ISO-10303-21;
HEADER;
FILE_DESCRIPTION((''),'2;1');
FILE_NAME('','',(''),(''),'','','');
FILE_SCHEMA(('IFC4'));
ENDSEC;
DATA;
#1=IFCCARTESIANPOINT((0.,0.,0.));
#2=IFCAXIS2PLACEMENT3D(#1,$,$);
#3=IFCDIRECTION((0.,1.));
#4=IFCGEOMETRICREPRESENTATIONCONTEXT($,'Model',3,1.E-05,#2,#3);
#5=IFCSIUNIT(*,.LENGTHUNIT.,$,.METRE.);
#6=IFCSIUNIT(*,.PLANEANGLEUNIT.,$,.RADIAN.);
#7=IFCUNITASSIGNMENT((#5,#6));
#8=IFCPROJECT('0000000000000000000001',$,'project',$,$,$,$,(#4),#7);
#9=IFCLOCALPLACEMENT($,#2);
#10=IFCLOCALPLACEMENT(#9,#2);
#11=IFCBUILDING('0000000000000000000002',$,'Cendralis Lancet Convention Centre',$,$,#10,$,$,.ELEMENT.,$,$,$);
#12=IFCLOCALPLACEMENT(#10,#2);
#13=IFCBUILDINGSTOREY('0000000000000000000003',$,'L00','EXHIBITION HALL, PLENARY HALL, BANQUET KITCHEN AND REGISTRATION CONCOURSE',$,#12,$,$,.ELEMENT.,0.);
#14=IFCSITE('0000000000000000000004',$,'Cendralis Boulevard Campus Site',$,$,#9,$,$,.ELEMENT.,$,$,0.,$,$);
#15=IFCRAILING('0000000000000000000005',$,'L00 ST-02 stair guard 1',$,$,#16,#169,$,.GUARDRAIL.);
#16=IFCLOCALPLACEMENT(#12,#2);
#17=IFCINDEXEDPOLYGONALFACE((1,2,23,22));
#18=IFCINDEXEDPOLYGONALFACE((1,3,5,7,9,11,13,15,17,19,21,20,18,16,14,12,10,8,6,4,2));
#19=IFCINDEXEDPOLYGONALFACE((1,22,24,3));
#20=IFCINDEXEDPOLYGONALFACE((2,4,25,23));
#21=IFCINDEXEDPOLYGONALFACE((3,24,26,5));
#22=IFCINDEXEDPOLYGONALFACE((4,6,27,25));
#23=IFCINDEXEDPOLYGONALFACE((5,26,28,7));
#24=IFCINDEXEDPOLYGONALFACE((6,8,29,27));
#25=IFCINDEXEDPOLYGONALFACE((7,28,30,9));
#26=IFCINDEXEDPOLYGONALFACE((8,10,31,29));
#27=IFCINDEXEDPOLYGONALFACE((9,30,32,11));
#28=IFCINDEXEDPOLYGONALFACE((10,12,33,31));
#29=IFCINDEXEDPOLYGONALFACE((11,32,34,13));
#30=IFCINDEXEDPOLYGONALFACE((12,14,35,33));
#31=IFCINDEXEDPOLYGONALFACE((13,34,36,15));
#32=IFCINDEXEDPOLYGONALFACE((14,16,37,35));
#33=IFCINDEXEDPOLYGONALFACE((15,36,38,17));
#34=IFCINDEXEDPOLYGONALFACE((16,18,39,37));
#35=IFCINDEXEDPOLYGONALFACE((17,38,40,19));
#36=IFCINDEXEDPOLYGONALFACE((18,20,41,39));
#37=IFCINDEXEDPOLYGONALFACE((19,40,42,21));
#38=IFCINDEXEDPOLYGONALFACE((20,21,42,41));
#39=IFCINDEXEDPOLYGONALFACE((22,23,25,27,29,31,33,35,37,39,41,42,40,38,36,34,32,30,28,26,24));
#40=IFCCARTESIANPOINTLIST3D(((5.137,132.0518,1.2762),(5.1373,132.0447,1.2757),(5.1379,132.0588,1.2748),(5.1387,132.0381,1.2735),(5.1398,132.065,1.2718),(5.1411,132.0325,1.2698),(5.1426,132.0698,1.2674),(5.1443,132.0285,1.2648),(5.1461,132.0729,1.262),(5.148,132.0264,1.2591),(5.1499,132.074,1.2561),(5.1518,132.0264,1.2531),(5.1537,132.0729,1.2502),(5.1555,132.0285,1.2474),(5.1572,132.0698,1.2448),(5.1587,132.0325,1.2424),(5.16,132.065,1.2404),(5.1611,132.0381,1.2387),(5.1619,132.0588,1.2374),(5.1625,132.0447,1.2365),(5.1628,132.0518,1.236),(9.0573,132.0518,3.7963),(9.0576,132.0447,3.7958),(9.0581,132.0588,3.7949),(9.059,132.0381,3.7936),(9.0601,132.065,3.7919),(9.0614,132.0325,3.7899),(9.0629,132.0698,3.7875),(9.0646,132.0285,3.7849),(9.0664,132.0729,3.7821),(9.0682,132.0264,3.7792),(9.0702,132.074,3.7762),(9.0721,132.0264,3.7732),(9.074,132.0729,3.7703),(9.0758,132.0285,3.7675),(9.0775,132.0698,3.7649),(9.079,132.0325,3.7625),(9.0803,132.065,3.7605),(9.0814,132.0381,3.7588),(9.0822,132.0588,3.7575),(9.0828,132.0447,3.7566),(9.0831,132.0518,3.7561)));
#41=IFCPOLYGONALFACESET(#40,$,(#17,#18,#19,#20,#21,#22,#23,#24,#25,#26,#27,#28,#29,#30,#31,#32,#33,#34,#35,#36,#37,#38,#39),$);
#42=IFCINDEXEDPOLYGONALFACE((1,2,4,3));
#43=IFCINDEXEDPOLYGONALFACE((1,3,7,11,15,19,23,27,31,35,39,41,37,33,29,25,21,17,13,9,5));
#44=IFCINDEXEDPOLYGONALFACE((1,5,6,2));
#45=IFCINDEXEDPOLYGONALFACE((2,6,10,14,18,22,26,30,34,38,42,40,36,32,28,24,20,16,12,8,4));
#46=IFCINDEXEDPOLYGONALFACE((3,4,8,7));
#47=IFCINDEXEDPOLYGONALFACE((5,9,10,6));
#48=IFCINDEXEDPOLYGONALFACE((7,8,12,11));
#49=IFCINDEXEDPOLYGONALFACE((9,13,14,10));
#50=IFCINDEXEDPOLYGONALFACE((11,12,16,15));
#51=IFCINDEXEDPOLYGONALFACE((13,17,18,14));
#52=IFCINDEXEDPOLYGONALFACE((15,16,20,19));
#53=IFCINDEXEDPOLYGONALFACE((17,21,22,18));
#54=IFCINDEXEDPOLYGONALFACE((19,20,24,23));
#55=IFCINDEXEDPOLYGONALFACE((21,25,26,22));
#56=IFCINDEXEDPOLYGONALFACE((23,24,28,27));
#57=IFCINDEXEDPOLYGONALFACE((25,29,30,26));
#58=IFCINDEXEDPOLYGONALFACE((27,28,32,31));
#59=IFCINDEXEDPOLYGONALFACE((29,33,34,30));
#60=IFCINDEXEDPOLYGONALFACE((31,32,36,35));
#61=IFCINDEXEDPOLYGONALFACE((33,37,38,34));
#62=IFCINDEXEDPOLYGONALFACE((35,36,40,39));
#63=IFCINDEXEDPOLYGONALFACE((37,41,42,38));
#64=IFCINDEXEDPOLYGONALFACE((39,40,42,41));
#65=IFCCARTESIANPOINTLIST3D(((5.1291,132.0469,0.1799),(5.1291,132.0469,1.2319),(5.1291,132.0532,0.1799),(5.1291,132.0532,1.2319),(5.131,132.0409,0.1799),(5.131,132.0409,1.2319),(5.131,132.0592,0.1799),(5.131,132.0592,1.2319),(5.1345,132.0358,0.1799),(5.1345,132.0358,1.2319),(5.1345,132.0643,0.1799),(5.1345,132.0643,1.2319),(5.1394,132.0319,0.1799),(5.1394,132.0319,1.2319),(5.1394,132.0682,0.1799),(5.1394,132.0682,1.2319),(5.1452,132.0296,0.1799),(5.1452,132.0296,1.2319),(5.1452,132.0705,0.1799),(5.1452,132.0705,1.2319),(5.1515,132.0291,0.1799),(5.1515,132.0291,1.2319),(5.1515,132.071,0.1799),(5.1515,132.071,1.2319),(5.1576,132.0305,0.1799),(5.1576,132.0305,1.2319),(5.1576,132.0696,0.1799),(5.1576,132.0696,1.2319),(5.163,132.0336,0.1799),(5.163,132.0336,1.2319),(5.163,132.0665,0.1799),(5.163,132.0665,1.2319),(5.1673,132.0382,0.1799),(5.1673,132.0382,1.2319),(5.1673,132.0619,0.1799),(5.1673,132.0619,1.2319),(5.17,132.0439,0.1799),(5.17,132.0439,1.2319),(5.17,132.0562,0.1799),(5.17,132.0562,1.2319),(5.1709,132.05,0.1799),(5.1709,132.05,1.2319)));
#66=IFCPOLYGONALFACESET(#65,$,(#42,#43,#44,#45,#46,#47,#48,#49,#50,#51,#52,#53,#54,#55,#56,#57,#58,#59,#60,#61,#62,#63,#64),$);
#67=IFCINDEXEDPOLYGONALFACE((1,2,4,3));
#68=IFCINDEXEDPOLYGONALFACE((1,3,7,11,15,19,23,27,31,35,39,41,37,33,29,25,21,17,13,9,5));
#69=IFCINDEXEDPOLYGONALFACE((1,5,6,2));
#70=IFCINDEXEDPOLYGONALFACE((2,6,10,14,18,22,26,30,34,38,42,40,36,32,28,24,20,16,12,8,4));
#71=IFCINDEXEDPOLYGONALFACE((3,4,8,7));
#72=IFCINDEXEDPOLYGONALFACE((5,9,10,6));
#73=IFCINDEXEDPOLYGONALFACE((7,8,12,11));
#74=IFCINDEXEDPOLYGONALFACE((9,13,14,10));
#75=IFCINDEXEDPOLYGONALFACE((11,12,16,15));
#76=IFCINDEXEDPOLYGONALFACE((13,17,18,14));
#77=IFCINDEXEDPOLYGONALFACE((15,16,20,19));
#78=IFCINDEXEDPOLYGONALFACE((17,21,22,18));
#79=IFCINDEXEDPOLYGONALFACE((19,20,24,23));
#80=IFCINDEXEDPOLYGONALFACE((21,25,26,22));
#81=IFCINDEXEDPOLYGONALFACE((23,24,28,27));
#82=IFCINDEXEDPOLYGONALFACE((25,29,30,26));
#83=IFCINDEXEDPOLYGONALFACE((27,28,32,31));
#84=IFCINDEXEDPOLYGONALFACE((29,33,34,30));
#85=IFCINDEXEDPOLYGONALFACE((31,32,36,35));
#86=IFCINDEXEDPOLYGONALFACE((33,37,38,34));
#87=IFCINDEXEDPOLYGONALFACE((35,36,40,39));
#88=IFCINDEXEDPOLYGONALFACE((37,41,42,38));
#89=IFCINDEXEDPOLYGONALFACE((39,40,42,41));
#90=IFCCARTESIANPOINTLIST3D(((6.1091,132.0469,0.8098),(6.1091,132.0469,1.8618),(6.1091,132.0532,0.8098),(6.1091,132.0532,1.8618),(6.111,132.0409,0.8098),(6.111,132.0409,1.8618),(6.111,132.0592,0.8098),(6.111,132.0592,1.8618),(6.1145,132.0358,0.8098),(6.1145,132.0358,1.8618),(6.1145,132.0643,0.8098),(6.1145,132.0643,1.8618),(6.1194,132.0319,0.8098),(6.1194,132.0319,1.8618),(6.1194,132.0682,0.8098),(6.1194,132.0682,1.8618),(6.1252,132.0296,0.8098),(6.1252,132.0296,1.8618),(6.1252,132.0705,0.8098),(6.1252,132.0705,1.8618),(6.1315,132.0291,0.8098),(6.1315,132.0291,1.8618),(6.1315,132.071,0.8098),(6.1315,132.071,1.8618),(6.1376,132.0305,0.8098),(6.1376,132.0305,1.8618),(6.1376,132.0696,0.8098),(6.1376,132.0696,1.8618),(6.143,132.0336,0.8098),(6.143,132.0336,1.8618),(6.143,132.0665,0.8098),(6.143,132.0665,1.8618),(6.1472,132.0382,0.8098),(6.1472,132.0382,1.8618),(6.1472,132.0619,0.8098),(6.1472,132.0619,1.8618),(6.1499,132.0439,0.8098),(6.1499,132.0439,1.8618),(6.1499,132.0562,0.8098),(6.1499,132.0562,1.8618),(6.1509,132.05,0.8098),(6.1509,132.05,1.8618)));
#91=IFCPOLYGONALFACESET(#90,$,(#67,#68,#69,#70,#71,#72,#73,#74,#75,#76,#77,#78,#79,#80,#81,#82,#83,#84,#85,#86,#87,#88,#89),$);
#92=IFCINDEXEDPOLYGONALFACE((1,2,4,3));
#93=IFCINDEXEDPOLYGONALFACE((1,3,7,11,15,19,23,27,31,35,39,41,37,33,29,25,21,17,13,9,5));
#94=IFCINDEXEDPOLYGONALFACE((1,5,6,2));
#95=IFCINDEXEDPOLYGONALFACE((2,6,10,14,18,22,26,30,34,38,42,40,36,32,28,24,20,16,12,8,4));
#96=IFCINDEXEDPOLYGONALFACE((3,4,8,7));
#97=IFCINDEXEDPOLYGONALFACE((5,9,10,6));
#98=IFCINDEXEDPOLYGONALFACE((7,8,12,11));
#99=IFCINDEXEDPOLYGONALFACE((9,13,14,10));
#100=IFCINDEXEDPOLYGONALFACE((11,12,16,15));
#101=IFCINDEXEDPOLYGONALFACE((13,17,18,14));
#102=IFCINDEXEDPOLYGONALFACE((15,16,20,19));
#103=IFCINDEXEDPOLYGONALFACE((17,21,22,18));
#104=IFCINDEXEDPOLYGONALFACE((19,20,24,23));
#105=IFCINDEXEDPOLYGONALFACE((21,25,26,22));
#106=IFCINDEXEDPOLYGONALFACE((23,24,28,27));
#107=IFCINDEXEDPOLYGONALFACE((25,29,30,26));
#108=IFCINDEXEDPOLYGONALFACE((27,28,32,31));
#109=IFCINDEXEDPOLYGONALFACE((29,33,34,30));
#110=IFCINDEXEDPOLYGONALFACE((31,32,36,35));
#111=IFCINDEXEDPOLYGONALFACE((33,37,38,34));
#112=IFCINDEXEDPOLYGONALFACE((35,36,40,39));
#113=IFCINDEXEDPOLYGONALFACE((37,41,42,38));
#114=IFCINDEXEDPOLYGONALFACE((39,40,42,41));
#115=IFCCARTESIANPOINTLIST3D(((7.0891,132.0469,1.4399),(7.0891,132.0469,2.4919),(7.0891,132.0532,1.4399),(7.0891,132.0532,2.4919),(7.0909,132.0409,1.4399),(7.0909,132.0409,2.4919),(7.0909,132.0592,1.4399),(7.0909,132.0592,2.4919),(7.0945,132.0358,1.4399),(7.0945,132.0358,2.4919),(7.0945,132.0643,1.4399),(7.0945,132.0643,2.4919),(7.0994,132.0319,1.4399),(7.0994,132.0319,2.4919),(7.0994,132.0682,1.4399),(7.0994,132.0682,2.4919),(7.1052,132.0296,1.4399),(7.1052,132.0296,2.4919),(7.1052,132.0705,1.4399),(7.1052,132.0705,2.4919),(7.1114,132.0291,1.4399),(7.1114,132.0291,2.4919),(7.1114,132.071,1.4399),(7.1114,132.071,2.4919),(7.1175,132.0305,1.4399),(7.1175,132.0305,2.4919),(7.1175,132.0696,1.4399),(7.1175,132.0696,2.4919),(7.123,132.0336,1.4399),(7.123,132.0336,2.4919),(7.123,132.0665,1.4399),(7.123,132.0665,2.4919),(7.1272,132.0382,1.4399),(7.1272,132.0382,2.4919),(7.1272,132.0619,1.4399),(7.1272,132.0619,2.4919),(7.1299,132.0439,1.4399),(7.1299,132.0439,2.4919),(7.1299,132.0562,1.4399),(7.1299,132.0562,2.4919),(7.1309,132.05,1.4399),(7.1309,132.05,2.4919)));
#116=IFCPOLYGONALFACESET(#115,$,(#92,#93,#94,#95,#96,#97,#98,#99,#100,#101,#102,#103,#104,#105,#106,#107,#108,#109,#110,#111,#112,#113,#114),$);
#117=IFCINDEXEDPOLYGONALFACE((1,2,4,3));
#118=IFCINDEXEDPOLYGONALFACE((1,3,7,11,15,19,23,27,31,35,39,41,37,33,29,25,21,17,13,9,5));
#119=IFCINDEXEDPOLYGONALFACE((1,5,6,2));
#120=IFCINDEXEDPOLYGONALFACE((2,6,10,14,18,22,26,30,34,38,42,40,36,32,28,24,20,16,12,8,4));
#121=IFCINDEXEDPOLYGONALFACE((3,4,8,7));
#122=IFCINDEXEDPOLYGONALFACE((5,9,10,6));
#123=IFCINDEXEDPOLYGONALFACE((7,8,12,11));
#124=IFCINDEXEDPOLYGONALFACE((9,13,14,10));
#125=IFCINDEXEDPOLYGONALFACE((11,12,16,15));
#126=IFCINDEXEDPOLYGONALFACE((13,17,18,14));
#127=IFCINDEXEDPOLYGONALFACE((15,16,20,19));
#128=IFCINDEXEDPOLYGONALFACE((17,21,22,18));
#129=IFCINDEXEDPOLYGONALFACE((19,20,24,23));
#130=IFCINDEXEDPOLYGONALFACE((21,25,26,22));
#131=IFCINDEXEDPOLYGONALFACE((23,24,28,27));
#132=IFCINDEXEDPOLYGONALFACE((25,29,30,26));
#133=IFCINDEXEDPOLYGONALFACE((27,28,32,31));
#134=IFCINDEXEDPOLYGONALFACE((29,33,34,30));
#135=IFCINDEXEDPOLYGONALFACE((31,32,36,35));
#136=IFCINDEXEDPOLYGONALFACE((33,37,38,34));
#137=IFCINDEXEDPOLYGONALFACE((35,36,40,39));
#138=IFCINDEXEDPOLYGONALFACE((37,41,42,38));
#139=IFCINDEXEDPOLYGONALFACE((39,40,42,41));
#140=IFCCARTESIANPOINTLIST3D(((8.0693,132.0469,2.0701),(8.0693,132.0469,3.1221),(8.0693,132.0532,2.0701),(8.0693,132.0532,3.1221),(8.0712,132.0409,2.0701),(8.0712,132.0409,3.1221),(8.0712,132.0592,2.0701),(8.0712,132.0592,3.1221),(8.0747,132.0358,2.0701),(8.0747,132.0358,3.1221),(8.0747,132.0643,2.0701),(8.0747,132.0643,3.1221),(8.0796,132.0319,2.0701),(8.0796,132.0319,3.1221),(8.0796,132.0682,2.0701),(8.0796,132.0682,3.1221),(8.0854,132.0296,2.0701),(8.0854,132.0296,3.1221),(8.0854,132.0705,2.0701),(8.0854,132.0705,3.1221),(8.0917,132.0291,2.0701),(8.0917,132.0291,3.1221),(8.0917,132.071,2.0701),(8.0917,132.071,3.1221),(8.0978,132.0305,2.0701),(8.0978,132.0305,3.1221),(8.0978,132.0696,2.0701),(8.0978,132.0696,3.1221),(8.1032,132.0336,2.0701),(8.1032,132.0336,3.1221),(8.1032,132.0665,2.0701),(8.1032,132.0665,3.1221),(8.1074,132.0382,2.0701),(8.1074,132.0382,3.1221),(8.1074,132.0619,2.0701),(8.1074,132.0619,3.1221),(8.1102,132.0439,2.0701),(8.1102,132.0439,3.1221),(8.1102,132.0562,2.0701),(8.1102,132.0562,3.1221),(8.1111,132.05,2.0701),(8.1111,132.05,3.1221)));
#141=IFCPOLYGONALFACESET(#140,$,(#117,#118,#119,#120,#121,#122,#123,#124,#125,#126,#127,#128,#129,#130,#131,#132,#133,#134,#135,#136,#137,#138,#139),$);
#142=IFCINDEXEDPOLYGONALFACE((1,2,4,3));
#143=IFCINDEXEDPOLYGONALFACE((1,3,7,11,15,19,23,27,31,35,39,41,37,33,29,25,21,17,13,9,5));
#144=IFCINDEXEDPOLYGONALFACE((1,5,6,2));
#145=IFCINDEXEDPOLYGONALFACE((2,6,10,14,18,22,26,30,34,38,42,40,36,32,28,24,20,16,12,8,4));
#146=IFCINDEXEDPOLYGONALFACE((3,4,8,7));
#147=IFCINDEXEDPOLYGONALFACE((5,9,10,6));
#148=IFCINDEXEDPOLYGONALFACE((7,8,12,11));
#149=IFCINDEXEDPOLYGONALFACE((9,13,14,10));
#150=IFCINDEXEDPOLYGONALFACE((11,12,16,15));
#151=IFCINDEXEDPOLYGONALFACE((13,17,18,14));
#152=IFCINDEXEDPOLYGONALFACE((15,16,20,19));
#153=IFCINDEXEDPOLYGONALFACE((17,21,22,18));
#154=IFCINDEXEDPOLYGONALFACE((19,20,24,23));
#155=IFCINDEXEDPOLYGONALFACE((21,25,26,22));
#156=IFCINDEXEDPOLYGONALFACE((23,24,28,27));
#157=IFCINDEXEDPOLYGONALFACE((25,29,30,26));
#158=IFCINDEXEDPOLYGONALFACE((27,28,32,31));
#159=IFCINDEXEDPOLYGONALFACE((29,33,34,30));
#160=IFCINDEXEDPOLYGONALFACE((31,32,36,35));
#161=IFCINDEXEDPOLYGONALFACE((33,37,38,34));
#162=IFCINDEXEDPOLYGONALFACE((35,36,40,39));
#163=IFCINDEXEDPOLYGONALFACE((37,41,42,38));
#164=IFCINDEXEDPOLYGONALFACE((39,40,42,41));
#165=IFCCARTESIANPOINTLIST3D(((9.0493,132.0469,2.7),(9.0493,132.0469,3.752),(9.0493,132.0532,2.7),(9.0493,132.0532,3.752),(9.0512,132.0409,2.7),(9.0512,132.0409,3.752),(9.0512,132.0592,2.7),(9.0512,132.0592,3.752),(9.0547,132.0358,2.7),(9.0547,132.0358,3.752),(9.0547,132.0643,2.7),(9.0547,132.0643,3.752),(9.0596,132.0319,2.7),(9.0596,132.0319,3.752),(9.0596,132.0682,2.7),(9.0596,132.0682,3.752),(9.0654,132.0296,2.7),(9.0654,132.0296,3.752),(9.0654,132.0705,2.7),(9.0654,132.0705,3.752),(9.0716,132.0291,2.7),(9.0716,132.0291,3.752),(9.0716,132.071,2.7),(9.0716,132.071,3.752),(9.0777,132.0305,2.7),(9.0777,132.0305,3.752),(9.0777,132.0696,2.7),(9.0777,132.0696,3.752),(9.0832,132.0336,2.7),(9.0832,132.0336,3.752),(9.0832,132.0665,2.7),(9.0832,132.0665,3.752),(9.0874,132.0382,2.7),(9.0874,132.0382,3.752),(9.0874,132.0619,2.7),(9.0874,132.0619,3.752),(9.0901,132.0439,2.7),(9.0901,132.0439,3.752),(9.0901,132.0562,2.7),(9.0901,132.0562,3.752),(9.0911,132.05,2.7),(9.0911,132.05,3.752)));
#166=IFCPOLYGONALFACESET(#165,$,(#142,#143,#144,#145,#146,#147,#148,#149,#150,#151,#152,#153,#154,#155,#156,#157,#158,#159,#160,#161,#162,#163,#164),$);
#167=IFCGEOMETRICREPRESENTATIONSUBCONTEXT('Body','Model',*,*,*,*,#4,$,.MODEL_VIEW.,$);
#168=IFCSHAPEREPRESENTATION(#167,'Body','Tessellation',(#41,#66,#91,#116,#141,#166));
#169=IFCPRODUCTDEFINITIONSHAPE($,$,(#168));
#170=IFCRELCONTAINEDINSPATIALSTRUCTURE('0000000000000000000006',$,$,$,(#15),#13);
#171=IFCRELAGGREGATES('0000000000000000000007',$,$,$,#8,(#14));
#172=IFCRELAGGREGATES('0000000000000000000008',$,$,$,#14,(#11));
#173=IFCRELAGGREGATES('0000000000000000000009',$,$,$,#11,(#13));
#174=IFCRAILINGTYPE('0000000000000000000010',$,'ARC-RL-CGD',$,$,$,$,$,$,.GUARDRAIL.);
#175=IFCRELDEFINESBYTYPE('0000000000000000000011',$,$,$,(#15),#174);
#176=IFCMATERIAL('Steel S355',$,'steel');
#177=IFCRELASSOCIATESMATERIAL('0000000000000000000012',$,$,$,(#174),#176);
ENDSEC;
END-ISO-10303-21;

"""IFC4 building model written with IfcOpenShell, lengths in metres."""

from ifc_helpers import new_model, si_unit, direction, frame, origin, origin_2d, place, context, subcontext, project, spatial, circle, extrude, material, type_object, element, save


model = new_model("IFC4")

# Units and contexts
model_context = context("Model", 3, precision=1e-05, world=origin(), true_north=direction((0.0, 1.0)))
body_context = subcontext(model_context, "Body", "Model", "MODEL_VIEW")
ifc_project = project(units=[si_unit("LENGTHUNIT", "METRE"), si_unit("PLANEANGLEUNIT", "RADIAN")], contexts=[model_context])

# Site, building, storey
site_placement = place(None, origin())
site = spatial("IfcSite", under=ifc_project, at=site_placement, Name="Cendralis Boulevard Campus Site", CompositionType="ELEMENT", RefElevation=0.0)
building_placement = place(site_placement, origin())
building = spatial("IfcBuilding", under=site, at=building_placement, Name="Cendralis Lancet Convention Centre", CompositionType="ELEMENT")
storey_placement = place(building_placement, origin())
storey = spatial("IfcBuildingStorey", under=building, at=storey_placement, Name="L00", Description="EXHIBITION HALL, PLENARY HALL, BANQUET KITCHEN AND REGISTRATION CONCOURSE", CompositionType="ELEMENT", Elevation=0.0)

# Railing
ifc_material_1 = material(Name="Steel S355", Category="steel")
railing_type_1 = type_object("IfcRailingType", Name="ARC-RL-CGD", PredefinedType="GUARDRAIL", material=ifc_material_1)
railing_1_placement = place(storey_placement, frame((5.1499, 132.05, 0.1799)))
element("IfcRailing", 1, at=railing_1_placement, inside=storey, type_object=railing_type_1, Name="L00 ST-02 stair guard 1", PredefinedType="GUARDRAIL", context=body_context, shape_type="SweptSolid", body=[
    extrude(circle(Radius=0.0239, at=origin_2d()), frame((0.0, 0.0, 1.0762), z_axis=(0.841187, 0.0, 0.540744), x_axis=(0.0, 1.0, 0.0)), (0.0, 0.0, 1.0), 4.6604),
    extrude(circle(Radius=0.021, at=origin_2d()), origin(), (0.0, 0.0, 1.0), 1.052),
    extrude(circle(Radius=0.021, at=origin_2d()), frame((0.98, 0.0, 0.6299)), (0.0, 0.0, 1.0), 1.052),
    extrude(circle(Radius=0.021, at=origin_2d()), frame((1.96, 0.0, 1.26)), (0.0, 0.0, 1.0), 1.052),
    extrude(circle(Radius=0.021, at=origin_2d()), frame((2.9402, 0.0, 1.8901)), (0.0, 0.0, 1.0), 1.052),
    extrude(circle(Radius=0.021, at=origin_2d()), frame((3.9202, 0.0, 2.52)), (0.0, 0.0, 1.0), 1.052),
])

save(model, "model.ifc")
